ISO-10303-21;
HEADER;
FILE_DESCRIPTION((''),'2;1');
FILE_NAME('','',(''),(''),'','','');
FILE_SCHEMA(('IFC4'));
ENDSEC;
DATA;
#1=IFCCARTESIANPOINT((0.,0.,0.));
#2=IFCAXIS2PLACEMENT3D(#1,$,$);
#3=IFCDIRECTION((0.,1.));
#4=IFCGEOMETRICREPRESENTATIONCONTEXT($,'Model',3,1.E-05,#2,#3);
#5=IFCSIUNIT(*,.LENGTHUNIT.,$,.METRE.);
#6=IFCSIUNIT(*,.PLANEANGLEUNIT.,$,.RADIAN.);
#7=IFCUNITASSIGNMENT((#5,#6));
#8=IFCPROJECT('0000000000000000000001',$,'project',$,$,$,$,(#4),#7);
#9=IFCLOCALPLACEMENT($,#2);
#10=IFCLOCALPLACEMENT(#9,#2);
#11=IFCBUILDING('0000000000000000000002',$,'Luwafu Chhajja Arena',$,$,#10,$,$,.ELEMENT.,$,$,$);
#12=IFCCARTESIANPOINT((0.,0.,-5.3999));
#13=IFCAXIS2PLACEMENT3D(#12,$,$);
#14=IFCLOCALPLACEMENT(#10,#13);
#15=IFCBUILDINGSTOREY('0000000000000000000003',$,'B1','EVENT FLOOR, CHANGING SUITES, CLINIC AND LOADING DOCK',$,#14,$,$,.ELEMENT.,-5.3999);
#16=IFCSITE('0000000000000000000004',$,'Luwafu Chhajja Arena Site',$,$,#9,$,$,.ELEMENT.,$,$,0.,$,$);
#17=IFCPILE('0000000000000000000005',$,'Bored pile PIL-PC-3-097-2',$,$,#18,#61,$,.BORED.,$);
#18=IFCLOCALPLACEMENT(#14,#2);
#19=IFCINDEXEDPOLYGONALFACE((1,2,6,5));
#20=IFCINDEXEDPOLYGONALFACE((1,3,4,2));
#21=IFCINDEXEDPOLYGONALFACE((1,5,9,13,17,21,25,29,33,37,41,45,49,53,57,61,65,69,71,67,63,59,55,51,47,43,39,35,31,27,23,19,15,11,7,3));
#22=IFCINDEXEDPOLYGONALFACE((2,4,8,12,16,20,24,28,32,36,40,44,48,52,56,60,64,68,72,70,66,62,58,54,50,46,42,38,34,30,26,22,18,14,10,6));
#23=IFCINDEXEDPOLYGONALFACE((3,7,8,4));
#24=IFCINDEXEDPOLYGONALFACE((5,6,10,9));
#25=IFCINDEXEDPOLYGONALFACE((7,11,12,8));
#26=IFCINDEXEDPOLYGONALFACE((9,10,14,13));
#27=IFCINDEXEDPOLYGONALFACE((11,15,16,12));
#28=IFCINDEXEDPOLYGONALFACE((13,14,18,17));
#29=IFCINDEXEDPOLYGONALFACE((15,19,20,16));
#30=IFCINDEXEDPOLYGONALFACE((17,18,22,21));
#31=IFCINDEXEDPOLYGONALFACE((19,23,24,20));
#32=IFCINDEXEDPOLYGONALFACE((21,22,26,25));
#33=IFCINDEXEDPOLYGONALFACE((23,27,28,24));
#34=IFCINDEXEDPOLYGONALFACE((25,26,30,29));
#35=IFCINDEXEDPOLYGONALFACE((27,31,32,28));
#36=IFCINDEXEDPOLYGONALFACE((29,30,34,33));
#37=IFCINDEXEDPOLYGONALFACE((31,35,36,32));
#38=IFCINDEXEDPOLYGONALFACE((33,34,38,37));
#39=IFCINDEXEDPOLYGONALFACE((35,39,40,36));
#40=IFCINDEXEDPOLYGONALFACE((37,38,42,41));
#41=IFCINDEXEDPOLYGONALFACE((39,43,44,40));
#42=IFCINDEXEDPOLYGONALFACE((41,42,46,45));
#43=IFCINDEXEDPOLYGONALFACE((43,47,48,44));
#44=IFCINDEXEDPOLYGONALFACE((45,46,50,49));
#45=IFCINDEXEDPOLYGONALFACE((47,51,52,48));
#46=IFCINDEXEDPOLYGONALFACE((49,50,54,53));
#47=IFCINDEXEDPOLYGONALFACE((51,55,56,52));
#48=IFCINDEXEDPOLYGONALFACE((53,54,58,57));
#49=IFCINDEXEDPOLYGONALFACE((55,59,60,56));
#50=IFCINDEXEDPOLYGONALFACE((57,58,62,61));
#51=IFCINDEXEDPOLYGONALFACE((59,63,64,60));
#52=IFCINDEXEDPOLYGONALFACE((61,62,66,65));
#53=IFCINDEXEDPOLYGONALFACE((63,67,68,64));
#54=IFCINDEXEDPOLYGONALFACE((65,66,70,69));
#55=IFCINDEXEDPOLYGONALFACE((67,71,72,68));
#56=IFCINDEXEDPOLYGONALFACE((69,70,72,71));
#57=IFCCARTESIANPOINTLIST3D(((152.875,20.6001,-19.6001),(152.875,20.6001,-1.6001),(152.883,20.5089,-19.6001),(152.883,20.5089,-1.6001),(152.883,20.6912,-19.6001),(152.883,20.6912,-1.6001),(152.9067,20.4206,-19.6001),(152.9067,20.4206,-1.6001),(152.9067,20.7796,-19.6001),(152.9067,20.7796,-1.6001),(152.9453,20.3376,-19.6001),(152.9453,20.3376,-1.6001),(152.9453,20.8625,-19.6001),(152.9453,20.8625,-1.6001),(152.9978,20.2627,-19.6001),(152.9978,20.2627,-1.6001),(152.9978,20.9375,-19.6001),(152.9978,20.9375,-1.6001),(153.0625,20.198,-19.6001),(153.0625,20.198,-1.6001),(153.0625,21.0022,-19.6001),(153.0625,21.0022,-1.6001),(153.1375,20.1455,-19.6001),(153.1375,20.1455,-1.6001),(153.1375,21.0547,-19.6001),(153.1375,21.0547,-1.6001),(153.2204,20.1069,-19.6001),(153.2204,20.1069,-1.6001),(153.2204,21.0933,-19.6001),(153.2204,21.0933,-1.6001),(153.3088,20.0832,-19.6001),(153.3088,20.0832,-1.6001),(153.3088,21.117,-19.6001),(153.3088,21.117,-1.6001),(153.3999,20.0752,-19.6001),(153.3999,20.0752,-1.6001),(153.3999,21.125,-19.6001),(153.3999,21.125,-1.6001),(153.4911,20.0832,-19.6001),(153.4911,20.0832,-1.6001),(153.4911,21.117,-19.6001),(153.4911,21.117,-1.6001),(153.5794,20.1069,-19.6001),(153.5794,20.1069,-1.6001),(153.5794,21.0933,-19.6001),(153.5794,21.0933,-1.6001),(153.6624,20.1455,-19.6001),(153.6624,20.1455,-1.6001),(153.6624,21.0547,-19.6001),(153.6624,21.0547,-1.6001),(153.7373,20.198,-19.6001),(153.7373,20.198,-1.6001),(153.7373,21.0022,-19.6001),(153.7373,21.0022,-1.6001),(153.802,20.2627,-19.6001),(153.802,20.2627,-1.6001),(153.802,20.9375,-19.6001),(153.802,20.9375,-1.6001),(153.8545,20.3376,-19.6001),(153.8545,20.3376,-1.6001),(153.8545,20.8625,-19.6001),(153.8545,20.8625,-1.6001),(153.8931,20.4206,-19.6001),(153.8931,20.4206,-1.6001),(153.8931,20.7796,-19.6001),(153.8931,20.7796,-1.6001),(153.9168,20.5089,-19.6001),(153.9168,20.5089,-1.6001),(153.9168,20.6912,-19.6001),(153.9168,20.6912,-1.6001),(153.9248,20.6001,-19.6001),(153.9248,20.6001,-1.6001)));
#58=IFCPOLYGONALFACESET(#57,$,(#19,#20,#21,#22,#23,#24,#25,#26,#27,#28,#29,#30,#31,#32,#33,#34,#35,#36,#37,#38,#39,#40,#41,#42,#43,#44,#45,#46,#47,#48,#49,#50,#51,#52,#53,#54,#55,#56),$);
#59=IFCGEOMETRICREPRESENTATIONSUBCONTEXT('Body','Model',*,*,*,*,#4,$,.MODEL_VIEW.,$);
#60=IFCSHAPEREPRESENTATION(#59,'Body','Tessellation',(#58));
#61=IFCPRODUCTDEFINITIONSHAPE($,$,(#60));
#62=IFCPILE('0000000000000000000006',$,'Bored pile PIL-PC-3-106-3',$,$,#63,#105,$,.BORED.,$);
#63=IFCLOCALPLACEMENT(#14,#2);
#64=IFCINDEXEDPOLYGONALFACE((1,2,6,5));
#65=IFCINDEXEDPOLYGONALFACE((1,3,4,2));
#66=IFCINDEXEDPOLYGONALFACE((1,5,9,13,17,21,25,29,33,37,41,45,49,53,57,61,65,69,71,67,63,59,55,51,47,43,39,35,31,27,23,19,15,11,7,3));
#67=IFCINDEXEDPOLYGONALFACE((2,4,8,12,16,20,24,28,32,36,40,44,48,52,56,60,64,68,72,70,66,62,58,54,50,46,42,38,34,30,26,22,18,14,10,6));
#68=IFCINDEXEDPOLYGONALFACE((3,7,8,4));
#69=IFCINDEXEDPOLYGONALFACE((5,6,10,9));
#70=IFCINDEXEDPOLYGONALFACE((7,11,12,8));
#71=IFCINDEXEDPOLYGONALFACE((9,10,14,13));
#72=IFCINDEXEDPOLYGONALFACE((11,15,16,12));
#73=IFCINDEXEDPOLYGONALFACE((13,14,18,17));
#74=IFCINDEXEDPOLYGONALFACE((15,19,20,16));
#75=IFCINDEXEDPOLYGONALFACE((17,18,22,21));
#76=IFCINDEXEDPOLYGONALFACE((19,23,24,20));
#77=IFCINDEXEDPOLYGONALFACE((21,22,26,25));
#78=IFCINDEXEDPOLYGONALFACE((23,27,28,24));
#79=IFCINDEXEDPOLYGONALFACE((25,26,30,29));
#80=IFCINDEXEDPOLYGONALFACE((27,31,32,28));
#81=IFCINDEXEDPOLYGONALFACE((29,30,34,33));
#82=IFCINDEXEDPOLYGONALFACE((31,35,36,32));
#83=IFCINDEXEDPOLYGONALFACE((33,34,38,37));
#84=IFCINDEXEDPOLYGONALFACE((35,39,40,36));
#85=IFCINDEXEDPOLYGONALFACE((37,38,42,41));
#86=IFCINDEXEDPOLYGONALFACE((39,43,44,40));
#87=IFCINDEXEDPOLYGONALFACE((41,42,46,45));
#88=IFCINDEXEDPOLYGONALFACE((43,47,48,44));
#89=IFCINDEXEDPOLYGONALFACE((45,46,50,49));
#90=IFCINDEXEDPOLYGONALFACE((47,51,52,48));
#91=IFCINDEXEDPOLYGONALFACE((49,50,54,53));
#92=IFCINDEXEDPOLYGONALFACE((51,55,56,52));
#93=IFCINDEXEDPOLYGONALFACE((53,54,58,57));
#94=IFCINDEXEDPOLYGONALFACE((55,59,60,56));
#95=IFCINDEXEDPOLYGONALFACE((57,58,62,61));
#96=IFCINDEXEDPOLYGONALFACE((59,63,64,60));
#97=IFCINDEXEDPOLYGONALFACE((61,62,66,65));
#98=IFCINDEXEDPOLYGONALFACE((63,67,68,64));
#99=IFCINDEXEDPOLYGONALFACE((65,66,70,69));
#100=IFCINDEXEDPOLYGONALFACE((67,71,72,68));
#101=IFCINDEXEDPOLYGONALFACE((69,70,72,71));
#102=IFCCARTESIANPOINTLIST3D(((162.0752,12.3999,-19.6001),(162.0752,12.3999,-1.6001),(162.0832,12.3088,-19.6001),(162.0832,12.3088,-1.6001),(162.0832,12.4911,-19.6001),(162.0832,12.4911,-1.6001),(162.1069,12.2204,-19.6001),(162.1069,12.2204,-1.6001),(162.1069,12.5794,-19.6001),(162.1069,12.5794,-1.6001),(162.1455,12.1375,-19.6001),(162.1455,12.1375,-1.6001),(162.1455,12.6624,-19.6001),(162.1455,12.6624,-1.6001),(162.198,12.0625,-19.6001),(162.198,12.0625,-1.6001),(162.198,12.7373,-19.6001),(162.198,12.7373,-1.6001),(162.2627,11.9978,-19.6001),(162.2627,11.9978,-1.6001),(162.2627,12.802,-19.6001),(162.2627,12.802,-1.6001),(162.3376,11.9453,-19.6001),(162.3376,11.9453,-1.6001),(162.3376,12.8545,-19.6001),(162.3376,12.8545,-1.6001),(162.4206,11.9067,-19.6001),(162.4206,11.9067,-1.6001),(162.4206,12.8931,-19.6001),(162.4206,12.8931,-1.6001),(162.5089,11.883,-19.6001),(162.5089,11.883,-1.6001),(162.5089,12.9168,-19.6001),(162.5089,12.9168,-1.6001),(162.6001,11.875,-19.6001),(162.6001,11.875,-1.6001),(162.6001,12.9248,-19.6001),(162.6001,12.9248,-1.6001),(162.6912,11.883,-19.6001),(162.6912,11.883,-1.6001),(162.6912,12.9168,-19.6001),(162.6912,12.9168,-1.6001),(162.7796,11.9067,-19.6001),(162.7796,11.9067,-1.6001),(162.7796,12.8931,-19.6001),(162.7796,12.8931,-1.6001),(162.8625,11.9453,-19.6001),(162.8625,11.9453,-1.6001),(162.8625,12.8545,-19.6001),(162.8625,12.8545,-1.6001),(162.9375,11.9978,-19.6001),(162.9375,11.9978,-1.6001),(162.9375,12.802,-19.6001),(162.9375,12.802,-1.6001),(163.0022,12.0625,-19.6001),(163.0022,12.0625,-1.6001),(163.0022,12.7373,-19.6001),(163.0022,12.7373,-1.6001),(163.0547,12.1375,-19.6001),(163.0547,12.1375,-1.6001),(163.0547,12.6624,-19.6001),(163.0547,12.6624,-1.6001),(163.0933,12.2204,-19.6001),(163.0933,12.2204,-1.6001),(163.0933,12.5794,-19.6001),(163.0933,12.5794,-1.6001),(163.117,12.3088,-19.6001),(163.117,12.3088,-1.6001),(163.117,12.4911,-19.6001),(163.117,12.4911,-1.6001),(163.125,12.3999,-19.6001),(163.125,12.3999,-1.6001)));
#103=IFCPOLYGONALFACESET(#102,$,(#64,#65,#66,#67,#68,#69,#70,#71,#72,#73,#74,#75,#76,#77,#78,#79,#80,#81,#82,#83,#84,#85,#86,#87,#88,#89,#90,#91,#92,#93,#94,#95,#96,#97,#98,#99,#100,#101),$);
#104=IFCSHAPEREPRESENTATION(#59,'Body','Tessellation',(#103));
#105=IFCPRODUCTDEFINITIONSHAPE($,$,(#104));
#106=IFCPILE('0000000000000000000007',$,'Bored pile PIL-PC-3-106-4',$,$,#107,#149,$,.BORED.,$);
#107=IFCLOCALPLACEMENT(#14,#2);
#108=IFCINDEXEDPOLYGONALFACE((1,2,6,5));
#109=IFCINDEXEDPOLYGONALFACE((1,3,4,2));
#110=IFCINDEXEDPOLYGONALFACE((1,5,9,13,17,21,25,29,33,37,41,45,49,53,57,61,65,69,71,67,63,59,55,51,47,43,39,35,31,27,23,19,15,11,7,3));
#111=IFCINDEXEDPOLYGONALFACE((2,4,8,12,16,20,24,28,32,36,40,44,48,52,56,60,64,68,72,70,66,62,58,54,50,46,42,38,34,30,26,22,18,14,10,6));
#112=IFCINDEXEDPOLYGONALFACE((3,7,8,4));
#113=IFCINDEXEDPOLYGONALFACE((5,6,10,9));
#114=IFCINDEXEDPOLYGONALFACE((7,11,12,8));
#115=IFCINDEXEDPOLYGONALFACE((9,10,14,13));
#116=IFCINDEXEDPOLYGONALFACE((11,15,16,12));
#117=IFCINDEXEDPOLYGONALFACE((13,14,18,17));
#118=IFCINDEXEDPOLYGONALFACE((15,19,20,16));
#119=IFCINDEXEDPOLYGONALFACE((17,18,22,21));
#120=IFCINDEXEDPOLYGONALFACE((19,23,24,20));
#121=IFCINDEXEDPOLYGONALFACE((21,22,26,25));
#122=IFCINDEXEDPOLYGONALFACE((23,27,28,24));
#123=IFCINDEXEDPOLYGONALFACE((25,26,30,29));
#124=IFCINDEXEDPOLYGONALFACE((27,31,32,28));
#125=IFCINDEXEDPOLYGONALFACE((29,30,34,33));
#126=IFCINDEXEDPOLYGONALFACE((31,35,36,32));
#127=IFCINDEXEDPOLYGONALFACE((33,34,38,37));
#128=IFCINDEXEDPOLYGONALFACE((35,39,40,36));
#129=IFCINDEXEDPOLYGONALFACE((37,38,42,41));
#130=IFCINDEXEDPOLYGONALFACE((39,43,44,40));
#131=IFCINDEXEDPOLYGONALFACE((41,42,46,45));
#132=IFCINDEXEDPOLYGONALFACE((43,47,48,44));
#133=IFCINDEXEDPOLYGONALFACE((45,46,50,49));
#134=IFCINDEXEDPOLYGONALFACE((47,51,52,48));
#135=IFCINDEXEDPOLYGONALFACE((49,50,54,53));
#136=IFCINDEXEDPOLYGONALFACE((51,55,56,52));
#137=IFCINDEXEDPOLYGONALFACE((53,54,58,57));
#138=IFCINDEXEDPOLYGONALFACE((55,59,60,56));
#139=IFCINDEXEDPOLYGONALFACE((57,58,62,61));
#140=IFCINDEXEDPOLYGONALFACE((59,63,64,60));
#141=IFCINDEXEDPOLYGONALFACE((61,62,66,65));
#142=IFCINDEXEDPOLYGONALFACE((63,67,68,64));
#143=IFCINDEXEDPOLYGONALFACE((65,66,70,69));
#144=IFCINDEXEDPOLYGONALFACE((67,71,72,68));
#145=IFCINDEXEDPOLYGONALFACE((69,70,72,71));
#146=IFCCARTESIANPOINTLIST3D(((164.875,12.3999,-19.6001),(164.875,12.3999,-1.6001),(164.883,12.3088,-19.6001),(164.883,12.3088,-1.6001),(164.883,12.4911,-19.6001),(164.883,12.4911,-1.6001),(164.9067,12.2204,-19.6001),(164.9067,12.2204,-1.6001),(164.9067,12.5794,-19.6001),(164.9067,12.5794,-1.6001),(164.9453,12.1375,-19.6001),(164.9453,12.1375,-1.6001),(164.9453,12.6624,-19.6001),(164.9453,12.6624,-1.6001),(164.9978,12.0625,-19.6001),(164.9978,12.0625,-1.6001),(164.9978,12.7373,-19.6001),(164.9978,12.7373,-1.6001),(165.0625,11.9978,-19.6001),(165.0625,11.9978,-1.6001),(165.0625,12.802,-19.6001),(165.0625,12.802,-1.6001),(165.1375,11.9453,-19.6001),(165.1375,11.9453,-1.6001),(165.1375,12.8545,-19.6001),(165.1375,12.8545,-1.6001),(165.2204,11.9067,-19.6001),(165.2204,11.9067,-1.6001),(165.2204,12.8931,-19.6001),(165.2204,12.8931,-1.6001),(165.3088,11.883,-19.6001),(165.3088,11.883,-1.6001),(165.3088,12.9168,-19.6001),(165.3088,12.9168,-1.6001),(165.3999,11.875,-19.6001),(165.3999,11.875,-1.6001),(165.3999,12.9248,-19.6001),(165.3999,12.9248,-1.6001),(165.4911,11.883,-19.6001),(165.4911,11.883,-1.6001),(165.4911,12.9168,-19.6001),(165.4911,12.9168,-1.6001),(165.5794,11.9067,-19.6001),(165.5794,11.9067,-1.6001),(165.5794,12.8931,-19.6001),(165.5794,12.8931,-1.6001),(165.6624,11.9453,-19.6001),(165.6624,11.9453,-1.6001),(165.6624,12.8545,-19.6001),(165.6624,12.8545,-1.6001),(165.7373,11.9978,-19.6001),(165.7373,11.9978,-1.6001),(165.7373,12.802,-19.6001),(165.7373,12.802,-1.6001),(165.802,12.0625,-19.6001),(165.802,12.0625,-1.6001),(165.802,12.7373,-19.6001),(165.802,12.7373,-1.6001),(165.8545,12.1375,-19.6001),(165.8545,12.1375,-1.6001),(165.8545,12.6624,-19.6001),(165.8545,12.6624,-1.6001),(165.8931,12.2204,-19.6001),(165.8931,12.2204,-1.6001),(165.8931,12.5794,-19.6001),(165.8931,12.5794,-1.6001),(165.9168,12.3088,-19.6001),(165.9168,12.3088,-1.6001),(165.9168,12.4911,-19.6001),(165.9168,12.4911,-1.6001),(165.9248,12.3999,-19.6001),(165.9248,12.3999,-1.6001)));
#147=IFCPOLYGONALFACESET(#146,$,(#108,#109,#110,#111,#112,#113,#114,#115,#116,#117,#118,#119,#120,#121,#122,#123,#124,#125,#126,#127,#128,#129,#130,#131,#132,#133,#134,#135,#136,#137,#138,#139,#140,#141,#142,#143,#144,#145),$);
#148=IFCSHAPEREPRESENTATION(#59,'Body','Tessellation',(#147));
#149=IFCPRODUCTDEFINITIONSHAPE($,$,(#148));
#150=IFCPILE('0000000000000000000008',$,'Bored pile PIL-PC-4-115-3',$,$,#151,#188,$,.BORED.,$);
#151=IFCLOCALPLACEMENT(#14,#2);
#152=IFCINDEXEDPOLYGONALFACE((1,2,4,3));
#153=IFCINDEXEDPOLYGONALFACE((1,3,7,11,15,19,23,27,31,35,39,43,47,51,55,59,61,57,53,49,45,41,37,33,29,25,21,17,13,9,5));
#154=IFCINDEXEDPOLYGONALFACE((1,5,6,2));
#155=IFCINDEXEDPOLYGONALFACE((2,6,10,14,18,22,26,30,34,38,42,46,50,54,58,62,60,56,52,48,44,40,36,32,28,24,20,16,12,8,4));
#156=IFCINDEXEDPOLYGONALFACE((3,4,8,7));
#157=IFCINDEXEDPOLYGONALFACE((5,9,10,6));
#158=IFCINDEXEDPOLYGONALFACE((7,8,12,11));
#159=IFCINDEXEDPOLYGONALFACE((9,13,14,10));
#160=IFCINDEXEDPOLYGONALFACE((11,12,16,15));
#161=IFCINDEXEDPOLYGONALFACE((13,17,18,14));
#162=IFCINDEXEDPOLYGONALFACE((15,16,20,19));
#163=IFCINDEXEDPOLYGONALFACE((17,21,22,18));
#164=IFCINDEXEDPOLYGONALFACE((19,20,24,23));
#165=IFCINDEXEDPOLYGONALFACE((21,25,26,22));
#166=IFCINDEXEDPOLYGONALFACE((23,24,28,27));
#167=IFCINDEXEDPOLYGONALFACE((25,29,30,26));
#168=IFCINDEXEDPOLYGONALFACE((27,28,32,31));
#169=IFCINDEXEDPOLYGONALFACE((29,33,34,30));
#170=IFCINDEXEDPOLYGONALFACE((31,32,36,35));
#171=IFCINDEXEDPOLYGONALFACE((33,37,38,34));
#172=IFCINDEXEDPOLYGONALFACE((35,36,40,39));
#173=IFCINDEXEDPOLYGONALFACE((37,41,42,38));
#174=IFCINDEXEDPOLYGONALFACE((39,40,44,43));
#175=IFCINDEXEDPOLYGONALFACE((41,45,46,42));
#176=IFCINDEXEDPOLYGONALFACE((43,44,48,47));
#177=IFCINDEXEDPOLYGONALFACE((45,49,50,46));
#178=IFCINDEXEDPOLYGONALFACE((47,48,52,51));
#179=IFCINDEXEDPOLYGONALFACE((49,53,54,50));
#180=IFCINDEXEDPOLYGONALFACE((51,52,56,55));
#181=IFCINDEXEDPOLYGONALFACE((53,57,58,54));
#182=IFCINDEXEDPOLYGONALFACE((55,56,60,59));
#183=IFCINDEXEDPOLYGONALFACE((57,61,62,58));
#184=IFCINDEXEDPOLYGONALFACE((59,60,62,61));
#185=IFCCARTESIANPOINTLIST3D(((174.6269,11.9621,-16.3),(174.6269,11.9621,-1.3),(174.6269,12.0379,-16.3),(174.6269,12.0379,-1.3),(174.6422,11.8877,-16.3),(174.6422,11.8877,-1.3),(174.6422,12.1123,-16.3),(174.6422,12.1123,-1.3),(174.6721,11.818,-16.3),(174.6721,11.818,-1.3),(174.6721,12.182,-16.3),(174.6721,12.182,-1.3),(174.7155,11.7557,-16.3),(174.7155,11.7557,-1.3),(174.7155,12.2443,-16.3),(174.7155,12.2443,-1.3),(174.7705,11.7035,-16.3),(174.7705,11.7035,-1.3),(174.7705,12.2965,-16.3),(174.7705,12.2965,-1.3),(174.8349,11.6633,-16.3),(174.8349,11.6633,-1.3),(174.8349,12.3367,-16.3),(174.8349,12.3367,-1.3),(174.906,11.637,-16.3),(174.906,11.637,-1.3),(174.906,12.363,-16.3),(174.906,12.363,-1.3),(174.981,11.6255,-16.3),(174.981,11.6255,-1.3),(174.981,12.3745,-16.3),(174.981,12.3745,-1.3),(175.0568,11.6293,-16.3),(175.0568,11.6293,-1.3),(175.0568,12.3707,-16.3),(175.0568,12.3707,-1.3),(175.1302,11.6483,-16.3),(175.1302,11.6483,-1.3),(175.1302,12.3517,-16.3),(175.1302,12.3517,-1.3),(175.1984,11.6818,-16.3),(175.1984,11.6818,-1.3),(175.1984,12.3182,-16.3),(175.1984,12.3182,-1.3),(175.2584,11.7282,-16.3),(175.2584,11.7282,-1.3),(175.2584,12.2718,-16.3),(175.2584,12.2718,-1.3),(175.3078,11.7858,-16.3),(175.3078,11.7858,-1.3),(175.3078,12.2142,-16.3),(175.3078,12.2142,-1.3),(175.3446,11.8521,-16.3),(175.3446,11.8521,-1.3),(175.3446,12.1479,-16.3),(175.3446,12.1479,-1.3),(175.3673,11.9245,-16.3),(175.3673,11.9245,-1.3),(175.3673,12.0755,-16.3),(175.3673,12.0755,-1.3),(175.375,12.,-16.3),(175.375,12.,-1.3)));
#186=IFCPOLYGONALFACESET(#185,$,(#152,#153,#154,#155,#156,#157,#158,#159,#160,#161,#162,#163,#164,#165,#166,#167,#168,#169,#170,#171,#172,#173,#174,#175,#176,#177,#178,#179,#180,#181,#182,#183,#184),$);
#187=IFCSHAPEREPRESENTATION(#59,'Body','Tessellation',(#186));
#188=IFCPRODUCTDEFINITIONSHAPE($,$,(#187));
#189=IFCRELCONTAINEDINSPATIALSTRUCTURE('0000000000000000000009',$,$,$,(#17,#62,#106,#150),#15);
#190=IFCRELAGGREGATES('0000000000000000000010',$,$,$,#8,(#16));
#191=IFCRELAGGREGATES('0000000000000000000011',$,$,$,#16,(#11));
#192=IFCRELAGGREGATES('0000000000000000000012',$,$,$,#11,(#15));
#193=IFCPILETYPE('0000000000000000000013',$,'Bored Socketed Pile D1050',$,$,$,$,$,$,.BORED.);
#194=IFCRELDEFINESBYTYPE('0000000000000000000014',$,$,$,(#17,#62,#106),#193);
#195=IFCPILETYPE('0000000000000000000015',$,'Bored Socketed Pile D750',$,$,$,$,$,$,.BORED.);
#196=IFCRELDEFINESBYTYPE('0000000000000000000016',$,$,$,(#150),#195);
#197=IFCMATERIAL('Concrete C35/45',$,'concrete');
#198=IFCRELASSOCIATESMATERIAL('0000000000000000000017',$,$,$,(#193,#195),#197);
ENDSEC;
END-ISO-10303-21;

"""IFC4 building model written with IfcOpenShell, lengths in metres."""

from ifc_helpers import new_model, si_unit, direction, frame, origin, origin_2d, place, context, subcontext, project, spatial, circle, extrude, material, material_profile, profile_set, type_object, element, save


model = new_model("IFC4")

# Units and contexts
model_context = context("Model", 3, precision=1e-05, world=origin(), true_north=direction((0.0, 1.0)))
body_context = subcontext(model_context, "Body", "Model", "MODEL_VIEW")
ifc_project = project(units=[si_unit("LENGTHUNIT", "METRE"), si_unit("PLANEANGLEUNIT", "RADIAN")], contexts=[model_context])

# Site, building, storey
site_placement = place(None, origin())
site = spatial("IfcSite", under=ifc_project, at=site_placement, Name="Luwafu Chhajja Arena Site", CompositionType="ELEMENT", RefElevation=0.0)
building_placement = place(site_placement, origin())
building = spatial("IfcBuilding", under=site, at=building_placement, Name="Luwafu Chhajja Arena", CompositionType="ELEMENT")
storey_placement = place(building_placement, frame((0.0, 0.0, -5.3999)))
storey = spatial("IfcBuildingStorey", under=building, at=storey_placement, Name="B1", Description="EVENT FLOOR, CHANGING SUITES, CLINIC AND LOADING DOCK", CompositionType="ELEMENT", Elevation=-5.3999)

# Piles
ifc_material_1 = material(Name="Concrete C35/45", Category="concrete")
ifc_material_profile_1 = material_profile(ifc_material_1, circle(Radius=0.5249, at=origin_2d()), Name="PILE D1050")
ifc_profile_set_1 = profile_set([ifc_material_profile_1], Name="Concrete C35/45")
pile_type_1 = type_object("IfcPileType", Name="Bored Socketed Pile D1050", PredefinedType="BORED", material=ifc_profile_set_1)
for number, where, z_axis, x_axis, name in (
    (1, (153.3999, 20.6001, -1.6001), (0.0, 0.0, -1.0), (1.0, 0.0, 0.0), "Bored pile PIL-PC-3-097-2"),
    (2, (162.6001, 12.3999, -1.6001), (0.0, 0.0, -1.0), (1.0, 0.0, 0.0), "Bored pile PIL-PC-3-106-3"),
    (3, (165.3999, 12.3999, -1.6001), (0.0, 0.0, -1.0), (1.0, 0.0, 0.0), "Bored pile PIL-PC-3-106-4"),
):
    element("IfcPile", number, at=place(storey_placement, frame(where, z_axis=z_axis, x_axis=x_axis)), inside=storey, type_object=pile_type_1, Name=name, PredefinedType="BORED", context=body_context, shape_type="SweptSolid", body=[
        extrude(circle(Radius=0.5249, at=origin_2d()), origin(), (0.0, 0.0, 1.0), 18.0),
    ])
ifc_material_profile_2 = material_profile(ifc_material_1, circle(Radius=0.375, at=origin_2d()), Name="PILE D750")
ifc_profile_set_2 = profile_set([ifc_material_profile_2], Name="Concrete C35/45")
pile_type_2 = type_object("IfcPileType", Name="Bored Socketed Pile D750", PredefinedType="BORED", material=ifc_profile_set_2)
pile_1_placement = place(storey_placement, frame((175.0, 12.0, -1.3), z_axis=(0.0, 0.0, -1.0), x_axis=(1.0, 0.0, 0.0)))
element("IfcPile", 4, at=pile_1_placement, inside=storey, type_object=pile_type_2, Name="Bored pile PIL-PC-4-115-3", PredefinedType="BORED", context=body_context, shape_type="SweptSolid", body=[
    extrude(circle(Radius=0.375, at=origin_2d()), origin(), (0.0, 0.0, 1.0), 15.0),
])

save(model, "model.ifc")
